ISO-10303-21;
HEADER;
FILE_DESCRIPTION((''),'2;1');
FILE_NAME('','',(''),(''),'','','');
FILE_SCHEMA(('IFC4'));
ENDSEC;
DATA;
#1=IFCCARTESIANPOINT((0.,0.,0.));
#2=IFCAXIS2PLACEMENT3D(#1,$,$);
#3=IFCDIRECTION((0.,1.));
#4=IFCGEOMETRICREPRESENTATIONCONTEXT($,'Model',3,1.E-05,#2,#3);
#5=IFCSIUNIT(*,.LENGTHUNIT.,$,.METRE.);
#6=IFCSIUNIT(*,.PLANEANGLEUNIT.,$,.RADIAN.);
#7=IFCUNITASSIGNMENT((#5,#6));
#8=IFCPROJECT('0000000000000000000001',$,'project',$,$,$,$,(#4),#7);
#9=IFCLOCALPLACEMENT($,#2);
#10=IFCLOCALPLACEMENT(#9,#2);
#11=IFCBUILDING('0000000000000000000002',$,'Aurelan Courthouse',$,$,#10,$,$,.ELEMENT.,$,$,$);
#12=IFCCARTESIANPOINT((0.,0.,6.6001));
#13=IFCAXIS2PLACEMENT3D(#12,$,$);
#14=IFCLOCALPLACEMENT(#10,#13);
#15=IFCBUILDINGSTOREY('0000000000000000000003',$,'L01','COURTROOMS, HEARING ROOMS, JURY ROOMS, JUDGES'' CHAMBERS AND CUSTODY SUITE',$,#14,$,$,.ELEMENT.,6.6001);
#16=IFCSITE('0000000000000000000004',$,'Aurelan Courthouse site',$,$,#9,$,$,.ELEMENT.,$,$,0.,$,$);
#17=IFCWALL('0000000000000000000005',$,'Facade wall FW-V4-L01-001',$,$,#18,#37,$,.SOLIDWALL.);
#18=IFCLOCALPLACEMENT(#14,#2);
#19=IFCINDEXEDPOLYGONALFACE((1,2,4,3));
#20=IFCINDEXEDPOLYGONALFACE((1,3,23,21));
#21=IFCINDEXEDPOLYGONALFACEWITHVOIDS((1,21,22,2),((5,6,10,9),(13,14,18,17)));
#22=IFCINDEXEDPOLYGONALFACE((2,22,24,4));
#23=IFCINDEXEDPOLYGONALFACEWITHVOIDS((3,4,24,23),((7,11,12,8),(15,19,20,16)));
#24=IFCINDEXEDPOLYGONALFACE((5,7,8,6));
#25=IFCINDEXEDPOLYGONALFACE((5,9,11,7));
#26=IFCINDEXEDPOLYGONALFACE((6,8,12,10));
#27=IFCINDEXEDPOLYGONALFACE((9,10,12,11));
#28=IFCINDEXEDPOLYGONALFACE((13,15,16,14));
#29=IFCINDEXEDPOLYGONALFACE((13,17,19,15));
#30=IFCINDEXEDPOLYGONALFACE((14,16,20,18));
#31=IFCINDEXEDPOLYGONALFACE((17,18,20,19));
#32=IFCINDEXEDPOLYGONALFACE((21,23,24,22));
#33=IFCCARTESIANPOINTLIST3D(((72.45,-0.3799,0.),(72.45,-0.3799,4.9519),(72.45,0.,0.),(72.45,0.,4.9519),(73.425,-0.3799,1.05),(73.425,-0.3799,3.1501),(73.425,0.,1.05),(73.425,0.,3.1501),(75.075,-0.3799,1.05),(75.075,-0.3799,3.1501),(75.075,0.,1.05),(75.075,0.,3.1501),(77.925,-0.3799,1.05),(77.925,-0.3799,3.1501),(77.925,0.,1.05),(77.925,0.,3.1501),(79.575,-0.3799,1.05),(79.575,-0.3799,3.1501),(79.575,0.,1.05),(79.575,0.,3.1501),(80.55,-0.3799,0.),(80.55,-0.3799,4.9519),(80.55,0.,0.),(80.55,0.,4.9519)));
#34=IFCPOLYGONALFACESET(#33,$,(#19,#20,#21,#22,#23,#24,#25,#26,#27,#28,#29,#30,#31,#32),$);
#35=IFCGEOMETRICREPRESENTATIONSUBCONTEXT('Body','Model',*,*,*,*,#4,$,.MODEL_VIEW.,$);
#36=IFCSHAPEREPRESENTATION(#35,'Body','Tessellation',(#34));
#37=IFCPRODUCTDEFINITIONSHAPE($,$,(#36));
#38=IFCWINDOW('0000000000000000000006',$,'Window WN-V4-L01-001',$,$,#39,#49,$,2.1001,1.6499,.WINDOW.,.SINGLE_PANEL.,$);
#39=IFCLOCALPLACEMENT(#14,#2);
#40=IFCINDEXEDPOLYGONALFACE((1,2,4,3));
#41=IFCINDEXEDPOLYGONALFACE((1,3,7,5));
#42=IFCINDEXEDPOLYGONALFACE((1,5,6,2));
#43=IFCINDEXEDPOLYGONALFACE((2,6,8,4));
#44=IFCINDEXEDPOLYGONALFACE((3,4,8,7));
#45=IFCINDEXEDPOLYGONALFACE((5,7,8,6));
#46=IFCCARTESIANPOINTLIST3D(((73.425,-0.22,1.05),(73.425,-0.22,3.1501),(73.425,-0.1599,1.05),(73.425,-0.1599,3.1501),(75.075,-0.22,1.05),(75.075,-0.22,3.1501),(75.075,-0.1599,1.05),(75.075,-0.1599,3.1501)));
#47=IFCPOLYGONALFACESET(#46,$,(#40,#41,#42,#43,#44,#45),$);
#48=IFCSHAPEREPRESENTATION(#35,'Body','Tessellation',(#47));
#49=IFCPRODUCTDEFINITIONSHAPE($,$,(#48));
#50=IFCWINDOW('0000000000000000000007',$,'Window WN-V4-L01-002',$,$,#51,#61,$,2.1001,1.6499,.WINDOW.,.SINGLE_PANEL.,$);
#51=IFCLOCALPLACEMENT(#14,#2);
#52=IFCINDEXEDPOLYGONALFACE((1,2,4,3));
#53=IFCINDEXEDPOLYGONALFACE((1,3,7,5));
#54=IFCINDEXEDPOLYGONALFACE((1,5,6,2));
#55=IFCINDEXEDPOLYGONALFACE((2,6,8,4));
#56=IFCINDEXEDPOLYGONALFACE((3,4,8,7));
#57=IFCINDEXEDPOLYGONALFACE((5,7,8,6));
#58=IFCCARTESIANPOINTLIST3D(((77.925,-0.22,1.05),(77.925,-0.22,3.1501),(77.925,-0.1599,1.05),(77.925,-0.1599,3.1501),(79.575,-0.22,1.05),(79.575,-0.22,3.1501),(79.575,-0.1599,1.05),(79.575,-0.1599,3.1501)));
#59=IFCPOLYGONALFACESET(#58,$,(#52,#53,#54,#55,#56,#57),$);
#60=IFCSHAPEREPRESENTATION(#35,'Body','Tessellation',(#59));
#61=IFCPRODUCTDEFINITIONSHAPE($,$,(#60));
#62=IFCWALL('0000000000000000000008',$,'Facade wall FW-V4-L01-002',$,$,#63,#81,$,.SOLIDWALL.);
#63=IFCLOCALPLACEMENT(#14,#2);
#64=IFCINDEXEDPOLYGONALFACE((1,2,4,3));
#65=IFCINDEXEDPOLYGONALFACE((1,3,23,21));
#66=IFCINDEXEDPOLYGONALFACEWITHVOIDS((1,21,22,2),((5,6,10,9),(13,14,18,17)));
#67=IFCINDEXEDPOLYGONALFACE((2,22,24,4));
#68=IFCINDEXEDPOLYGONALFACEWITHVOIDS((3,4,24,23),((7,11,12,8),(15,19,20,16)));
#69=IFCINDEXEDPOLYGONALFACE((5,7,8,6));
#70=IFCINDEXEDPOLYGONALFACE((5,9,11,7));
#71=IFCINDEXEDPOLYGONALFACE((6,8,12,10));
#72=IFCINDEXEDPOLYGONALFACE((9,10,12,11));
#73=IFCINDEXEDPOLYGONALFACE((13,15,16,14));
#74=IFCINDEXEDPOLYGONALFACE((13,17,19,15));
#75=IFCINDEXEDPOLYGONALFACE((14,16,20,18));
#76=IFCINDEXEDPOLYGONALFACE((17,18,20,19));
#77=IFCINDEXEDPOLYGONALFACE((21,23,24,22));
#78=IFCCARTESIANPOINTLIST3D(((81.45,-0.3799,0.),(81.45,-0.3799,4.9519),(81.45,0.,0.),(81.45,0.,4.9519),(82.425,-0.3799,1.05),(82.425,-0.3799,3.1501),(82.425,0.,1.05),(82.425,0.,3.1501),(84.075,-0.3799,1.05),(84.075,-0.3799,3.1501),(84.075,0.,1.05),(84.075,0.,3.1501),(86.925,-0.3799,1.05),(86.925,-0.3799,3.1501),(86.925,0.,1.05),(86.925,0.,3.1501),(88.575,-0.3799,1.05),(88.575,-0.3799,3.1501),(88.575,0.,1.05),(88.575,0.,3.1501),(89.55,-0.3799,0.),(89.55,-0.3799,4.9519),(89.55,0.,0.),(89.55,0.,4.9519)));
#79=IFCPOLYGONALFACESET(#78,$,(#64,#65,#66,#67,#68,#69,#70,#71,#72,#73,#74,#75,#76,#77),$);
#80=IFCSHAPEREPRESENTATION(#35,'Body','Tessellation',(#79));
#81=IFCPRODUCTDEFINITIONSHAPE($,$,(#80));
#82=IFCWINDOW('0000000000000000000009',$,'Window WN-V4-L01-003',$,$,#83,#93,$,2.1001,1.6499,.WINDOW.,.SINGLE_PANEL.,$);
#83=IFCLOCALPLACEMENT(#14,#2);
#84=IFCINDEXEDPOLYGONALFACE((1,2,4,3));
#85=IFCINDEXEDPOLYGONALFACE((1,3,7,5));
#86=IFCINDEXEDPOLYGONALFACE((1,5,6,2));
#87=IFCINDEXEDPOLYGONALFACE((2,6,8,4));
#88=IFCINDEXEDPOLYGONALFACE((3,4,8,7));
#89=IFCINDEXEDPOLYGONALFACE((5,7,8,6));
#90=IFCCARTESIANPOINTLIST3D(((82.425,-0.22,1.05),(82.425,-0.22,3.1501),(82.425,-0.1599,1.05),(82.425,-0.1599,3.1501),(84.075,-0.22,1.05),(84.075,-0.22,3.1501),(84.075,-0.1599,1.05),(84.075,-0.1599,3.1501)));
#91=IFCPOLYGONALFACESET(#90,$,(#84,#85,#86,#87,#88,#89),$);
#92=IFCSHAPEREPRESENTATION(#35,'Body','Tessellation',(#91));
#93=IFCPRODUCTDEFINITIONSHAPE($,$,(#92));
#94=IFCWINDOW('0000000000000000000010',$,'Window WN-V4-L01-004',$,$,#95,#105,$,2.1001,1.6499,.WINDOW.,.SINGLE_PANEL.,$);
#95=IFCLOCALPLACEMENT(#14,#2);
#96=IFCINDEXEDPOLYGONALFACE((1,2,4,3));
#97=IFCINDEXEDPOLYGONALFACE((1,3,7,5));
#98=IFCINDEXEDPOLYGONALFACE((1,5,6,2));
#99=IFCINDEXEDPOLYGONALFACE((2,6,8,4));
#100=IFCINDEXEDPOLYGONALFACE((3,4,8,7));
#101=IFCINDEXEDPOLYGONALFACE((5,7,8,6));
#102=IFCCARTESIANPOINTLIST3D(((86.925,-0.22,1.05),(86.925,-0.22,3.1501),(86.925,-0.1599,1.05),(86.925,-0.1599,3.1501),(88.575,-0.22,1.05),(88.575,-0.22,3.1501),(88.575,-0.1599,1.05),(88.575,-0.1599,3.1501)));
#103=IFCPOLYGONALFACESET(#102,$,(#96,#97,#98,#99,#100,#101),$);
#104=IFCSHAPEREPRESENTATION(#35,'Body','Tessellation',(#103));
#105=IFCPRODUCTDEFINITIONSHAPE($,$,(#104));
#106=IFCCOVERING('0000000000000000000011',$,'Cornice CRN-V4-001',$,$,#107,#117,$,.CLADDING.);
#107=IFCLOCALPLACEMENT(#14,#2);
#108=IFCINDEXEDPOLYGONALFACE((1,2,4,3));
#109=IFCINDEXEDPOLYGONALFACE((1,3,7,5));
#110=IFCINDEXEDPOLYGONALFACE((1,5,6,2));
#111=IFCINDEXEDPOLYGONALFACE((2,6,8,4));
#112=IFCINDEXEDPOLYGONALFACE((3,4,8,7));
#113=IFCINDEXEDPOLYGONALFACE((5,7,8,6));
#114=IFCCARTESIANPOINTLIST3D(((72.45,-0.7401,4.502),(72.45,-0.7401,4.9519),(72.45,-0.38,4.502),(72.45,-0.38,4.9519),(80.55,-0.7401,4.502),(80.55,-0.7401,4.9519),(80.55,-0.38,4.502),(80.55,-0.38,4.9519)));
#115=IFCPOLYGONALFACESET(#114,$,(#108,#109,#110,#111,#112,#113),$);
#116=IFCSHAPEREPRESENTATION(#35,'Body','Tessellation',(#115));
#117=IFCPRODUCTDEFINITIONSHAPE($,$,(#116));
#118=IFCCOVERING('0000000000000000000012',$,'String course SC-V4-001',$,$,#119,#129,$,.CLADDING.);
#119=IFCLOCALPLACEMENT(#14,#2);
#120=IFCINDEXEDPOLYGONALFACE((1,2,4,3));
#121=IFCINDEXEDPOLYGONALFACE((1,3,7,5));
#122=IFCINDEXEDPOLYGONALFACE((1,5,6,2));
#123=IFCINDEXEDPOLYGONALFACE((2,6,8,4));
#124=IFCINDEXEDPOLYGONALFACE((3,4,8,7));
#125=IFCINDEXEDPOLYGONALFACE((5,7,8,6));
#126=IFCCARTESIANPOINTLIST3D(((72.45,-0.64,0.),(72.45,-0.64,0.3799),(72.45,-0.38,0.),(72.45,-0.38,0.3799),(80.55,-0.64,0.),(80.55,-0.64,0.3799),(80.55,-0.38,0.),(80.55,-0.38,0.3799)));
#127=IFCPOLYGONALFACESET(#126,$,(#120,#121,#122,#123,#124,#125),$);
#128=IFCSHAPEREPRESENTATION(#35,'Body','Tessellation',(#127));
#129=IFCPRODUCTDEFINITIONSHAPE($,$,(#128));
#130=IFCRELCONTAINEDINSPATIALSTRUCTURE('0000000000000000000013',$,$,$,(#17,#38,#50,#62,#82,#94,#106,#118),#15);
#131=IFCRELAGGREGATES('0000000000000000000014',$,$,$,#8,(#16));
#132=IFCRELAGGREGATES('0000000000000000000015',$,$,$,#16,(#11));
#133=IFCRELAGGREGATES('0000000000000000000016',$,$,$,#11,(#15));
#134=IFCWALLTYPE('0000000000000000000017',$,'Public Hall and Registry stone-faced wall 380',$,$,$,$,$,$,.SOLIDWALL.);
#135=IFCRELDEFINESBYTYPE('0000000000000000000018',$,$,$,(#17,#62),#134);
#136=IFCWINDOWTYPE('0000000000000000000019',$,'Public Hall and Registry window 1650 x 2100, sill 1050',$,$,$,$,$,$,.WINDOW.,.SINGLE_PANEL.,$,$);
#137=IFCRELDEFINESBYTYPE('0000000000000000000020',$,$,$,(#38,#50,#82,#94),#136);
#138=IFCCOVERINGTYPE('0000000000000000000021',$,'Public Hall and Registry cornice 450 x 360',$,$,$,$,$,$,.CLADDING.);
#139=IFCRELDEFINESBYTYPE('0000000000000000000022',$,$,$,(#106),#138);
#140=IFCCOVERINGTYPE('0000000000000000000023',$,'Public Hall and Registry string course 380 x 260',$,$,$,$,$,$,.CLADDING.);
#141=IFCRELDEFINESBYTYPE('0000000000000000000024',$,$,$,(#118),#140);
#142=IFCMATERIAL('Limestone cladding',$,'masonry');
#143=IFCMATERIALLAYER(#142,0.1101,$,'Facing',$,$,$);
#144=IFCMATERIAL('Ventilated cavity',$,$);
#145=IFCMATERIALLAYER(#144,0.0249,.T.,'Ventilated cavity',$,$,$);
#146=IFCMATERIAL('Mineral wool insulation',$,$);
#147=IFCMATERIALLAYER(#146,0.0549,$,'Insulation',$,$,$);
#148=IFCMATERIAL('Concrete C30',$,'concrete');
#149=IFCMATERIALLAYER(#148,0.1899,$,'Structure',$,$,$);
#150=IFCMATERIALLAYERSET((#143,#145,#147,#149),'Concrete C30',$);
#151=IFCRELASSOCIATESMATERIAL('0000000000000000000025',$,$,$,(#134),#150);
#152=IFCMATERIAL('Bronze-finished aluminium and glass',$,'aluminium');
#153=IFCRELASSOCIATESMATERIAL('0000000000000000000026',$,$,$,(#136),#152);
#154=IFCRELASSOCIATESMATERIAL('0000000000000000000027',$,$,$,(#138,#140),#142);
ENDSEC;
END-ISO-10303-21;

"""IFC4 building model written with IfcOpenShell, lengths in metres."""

from ifc_helpers import new_model, si_unit, direction, frame, frame_2d, origin, origin_2d, place, context, subcontext, project, spatial, rectangle, extrude, material, layer, layer_set, type_object, element, fill, save


model = new_model("IFC4")

# Units and contexts
model_context = context("Model", 3, precision=1e-05, world=origin(), true_north=direction((0.0, 1.0)))
body_context = subcontext(model_context, "Body", "Model", "MODEL_VIEW")
ifc_project = project(units=[si_unit("LENGTHUNIT", "METRE"), si_unit("PLANEANGLEUNIT", "RADIAN")], contexts=[model_context])

# Site, building, storey
site_placement = place(None, origin())
site = spatial("IfcSite", under=ifc_project, at=site_placement, Name="Aurelan Courthouse site", CompositionType="ELEMENT", RefElevation=0.0)
building_placement = place(site_placement, origin())
building = spatial("IfcBuilding", under=site, at=building_placement, Name="Aurelan Courthouse", CompositionType="ELEMENT")
storey_placement = place(building_placement, frame((0.0, 0.0, 6.6001)))
storey = spatial("IfcBuildingStorey", under=building, at=storey_placement, Name="L01", Description="COURTROOMS, HEARING ROOMS, JURY ROOMS, JUDGES' CHAMBERS AND CUSTODY SUITE", CompositionType="ELEMENT", Elevation=6.6001)

# Walls, openings, windows
ifc_material_1 = material(Name="Limestone cladding", Category="masonry")
ifc_layer_1 = layer(ifc_material_1, 0.1101, Name="Facing")
ifc_material_2 = material(Name="Ventilated cavity")
ifc_layer_2 = layer(ifc_material_2, 0.0249, ventilated=True, Name="Ventilated cavity")
ifc_material_3 = material(Name="Mineral wool insulation")
ifc_layer_3 = layer(ifc_material_3, 0.0549, Name="Insulation")
ifc_material_4 = material(Name="Concrete C30", Category="concrete")
ifc_layer_4 = layer(ifc_material_4, 0.1899, Name="Structure")
ifc_layer_set_1 = layer_set([ifc_layer_1, ifc_layer_2, ifc_layer_3, ifc_layer_4], Name="Concrete C30")
wall_type_1 = type_object("IfcWallType", Name="Public Hall and Registry stone-faced wall 380", PredefinedType="SOLIDWALL", material=ifc_layer_set_1)
wall_1_placement = place(storey_placement, frame((72.45, -0.1899, 0.0), z_axis=(0.0, 0.0, 1.0), x_axis=(1.0, 0.0, 0.0)))
wall_1 = element("IfcWall", 1, at=wall_1_placement, inside=storey, type_object=wall_type_1, Name="Facade wall FW-V4-L01-001", PredefinedType="SOLIDWALL", context=body_context, shape_type="SweptSolid", body=[
    extrude(rectangle(XDim=8.1001, YDim=0.3799, at=frame_2d((4.05, 0.0))), origin(), (0.0, 0.0, 1.0), 4.9519),
])
opening_1_placement = place(wall_1_placement, frame((0.9751, 0.0, 1.05)))
opening_1 = element("IfcOpeningElement", 2, at=opening_1_placement, cuts=wall_1, PredefinedType="OPENING", context=body_context, shape_type="SweptSolid", body=[
    extrude(rectangle(XDim=1.6499, YDim=2.1001, at=frame_2d((0.825, 1.05))), frame((0.0, 0.2, 0.0), z_axis=(0.0, -1.0, 0.0), x_axis=(1.0, 0.0, 0.0)), (0.0, 0.0, 1.0), 0.3999),
])
opening_2_placement = place(wall_1_placement, frame((5.4751, 0.0, 1.05)))
opening_2 = element("IfcOpeningElement", 3, at=opening_2_placement, cuts=wall_1, PredefinedType="OPENING", context=body_context, shape_type="SweptSolid", body=[
    extrude(rectangle(XDim=1.6499, YDim=2.1001, at=frame_2d((0.825, 1.05))), frame((0.0, 0.2, 0.0), z_axis=(0.0, -1.0, 0.0), x_axis=(1.0, 0.0, 0.0)), (0.0, 0.0, 1.0), 0.3999),
])
ifc_material_5 = material(Name="Bronze-finished aluminium and glass", Category="aluminium")
window_type = type_object("IfcWindowType", Name="Public Hall and Registry window 1650 x 2100, sill 1050", PartitioningType="SINGLE_PANEL", PredefinedType="WINDOW", material=ifc_material_5)
window_1_placement = place(opening_1_placement, origin())
window_1 = element("IfcWindow", 4, at=window_1_placement, inside=storey, type_object=window_type, Name="Window WN-V4-L01-001", OverallHeight=2.1001, OverallWidth=1.6499, PartitioningType="SINGLE_PANEL", PredefinedType="WINDOW", context=body_context, shape_type="SweptSolid", body=[
    extrude(rectangle(XDim=1.6499, YDim=2.1001, at=frame_2d((0.825, 1.05))), frame((0.0, 0.03, 0.0), z_axis=(0.0, -1.0, 0.0), x_axis=(1.0, 0.0, 0.0)), (0.0, 0.0, 1.0), 0.0601),
])
fill(opening_1, window_1)
window_2_placement = place(opening_2_placement, origin())
window_2 = element("IfcWindow", 5, at=window_2_placement, inside=storey, type_object=window_type, Name="Window WN-V4-L01-002", OverallHeight=2.1001, OverallWidth=1.6499, PartitioningType="SINGLE_PANEL", PredefinedType="WINDOW", context=body_context, shape_type="SweptSolid", body=[
    extrude(rectangle(XDim=1.6499, YDim=2.1001, at=frame_2d((0.825, 1.05))), frame((0.0, 0.03, 0.0), z_axis=(0.0, -1.0, 0.0), x_axis=(1.0, 0.0, 0.0)), (0.0, 0.0, 1.0), 0.0601),
])
fill(opening_2, window_2)
wall_2_placement = place(storey_placement, frame((81.45, -0.1899, 0.0), z_axis=(0.0, 0.0, 1.0), x_axis=(1.0, 0.0, 0.0)))
wall_2 = element("IfcWall", 6, at=wall_2_placement, inside=storey, type_object=wall_type_1, Name="Facade wall FW-V4-L01-002", PredefinedType="SOLIDWALL", context=body_context, shape_type="SweptSolid", body=[
    extrude(rectangle(XDim=8.1001, YDim=0.3799, at=frame_2d((4.05, 0.0))), origin(), (0.0, 0.0, 1.0), 4.9519),
])
opening_3_placement = place(wall_2_placement, frame((0.9751, 0.0, 1.05)))
opening_3 = element("IfcOpeningElement", 7, at=opening_3_placement, cuts=wall_2, PredefinedType="OPENING", context=body_context, shape_type="SweptSolid", body=[
    extrude(rectangle(XDim=1.6499, YDim=2.1001, at=frame_2d((0.825, 1.05))), frame((0.0, 0.2, 0.0), z_axis=(0.0, -1.0, 0.0), x_axis=(1.0, 0.0, 0.0)), (0.0, 0.0, 1.0), 0.3999),
])
opening_4_placement = place(wall_2_placement, frame((5.4751, 0.0, 1.05)))
opening_4 = element("IfcOpeningElement", 8, at=opening_4_placement, cuts=wall_2, PredefinedType="OPENING", context=body_context, shape_type="SweptSolid", body=[
    extrude(rectangle(XDim=1.6499, YDim=2.1001, at=frame_2d((0.825, 1.05))), frame((0.0, 0.2, 0.0), z_axis=(0.0, -1.0, 0.0), x_axis=(1.0, 0.0, 0.0)), (0.0, 0.0, 1.0), 0.3999),
])
window_3_placement = place(opening_3_placement, origin())
window_3 = element("IfcWindow", 9, at=window_3_placement, inside=storey, type_object=window_type, Name="Window WN-V4-L01-003", OverallHeight=2.1001, OverallWidth=1.6499, PartitioningType="SINGLE_PANEL", PredefinedType="WINDOW", context=body_context, shape_type="SweptSolid", body=[
    extrude(rectangle(XDim=1.6499, YDim=2.1001, at=frame_2d((0.825, 1.05))), frame((0.0, 0.03, 0.0), z_axis=(0.0, -1.0, 0.0), x_axis=(1.0, 0.0, 0.0)), (0.0, 0.0, 1.0), 0.0601),
])
fill(opening_3, window_3)
window_4_placement = place(opening_4_placement, origin())
window_4 = element("IfcWindow", 10, at=window_4_placement, inside=storey, type_object=window_type, Name="Window WN-V4-L01-004", OverallHeight=2.1001, OverallWidth=1.6499, PartitioningType="SINGLE_PANEL", PredefinedType="WINDOW", context=body_context, shape_type="SweptSolid", body=[
    extrude(rectangle(XDim=1.6499, YDim=2.1001, at=frame_2d((0.825, 1.05))), frame((0.0, 0.03, 0.0), z_axis=(0.0, -1.0, 0.0), x_axis=(1.0, 0.0, 0.0)), (0.0, 0.0, 1.0), 0.0601),
])
fill(opening_4, window_4)

# Coverings
covering_type_1 = type_object("IfcCoveringType", Name="Public Hall and Registry cornice 450 x 360", PredefinedType="CLADDING", material=ifc_material_1)
covering_1_placement = place(storey_placement, frame((76.5, -0.5601, 4.502), z_axis=(0.0, 0.0, 1.0), x_axis=(1.0, 0.0, 0.0)))
element("IfcCovering", 11, at=covering_1_placement, inside=storey, type_object=covering_type_1, Name="Cornice CRN-V4-001", PredefinedType="CLADDING", context=body_context, shape_type="SweptSolid", body=[
    extrude(rectangle(XDim=8.1001, YDim=0.3601, at=origin_2d()), origin(), (0.0, 0.0, 1.0), 0.45),
])
covering_type_2 = type_object("IfcCoveringType", Name="Public Hall and Registry string course 380 x 260", PredefinedType="CLADDING", material=ifc_material_1)
covering_2_placement = place(storey_placement, frame((76.5, -0.51, 0.0), z_axis=(0.0, 0.0, 1.0), x_axis=(1.0, 0.0, 0.0)))
element("IfcCovering", 12, at=covering_2_placement, inside=storey, type_object=covering_type_2, Name="String course SC-V4-001", PredefinedType="CLADDING", context=body_context, shape_type="SweptSolid", body=[
    extrude(rectangle(XDim=8.1001, YDim=0.26, at=origin_2d()), origin(), (0.0, 0.0, 1.0), 0.3799),
])

save(model, "model.ifc")
